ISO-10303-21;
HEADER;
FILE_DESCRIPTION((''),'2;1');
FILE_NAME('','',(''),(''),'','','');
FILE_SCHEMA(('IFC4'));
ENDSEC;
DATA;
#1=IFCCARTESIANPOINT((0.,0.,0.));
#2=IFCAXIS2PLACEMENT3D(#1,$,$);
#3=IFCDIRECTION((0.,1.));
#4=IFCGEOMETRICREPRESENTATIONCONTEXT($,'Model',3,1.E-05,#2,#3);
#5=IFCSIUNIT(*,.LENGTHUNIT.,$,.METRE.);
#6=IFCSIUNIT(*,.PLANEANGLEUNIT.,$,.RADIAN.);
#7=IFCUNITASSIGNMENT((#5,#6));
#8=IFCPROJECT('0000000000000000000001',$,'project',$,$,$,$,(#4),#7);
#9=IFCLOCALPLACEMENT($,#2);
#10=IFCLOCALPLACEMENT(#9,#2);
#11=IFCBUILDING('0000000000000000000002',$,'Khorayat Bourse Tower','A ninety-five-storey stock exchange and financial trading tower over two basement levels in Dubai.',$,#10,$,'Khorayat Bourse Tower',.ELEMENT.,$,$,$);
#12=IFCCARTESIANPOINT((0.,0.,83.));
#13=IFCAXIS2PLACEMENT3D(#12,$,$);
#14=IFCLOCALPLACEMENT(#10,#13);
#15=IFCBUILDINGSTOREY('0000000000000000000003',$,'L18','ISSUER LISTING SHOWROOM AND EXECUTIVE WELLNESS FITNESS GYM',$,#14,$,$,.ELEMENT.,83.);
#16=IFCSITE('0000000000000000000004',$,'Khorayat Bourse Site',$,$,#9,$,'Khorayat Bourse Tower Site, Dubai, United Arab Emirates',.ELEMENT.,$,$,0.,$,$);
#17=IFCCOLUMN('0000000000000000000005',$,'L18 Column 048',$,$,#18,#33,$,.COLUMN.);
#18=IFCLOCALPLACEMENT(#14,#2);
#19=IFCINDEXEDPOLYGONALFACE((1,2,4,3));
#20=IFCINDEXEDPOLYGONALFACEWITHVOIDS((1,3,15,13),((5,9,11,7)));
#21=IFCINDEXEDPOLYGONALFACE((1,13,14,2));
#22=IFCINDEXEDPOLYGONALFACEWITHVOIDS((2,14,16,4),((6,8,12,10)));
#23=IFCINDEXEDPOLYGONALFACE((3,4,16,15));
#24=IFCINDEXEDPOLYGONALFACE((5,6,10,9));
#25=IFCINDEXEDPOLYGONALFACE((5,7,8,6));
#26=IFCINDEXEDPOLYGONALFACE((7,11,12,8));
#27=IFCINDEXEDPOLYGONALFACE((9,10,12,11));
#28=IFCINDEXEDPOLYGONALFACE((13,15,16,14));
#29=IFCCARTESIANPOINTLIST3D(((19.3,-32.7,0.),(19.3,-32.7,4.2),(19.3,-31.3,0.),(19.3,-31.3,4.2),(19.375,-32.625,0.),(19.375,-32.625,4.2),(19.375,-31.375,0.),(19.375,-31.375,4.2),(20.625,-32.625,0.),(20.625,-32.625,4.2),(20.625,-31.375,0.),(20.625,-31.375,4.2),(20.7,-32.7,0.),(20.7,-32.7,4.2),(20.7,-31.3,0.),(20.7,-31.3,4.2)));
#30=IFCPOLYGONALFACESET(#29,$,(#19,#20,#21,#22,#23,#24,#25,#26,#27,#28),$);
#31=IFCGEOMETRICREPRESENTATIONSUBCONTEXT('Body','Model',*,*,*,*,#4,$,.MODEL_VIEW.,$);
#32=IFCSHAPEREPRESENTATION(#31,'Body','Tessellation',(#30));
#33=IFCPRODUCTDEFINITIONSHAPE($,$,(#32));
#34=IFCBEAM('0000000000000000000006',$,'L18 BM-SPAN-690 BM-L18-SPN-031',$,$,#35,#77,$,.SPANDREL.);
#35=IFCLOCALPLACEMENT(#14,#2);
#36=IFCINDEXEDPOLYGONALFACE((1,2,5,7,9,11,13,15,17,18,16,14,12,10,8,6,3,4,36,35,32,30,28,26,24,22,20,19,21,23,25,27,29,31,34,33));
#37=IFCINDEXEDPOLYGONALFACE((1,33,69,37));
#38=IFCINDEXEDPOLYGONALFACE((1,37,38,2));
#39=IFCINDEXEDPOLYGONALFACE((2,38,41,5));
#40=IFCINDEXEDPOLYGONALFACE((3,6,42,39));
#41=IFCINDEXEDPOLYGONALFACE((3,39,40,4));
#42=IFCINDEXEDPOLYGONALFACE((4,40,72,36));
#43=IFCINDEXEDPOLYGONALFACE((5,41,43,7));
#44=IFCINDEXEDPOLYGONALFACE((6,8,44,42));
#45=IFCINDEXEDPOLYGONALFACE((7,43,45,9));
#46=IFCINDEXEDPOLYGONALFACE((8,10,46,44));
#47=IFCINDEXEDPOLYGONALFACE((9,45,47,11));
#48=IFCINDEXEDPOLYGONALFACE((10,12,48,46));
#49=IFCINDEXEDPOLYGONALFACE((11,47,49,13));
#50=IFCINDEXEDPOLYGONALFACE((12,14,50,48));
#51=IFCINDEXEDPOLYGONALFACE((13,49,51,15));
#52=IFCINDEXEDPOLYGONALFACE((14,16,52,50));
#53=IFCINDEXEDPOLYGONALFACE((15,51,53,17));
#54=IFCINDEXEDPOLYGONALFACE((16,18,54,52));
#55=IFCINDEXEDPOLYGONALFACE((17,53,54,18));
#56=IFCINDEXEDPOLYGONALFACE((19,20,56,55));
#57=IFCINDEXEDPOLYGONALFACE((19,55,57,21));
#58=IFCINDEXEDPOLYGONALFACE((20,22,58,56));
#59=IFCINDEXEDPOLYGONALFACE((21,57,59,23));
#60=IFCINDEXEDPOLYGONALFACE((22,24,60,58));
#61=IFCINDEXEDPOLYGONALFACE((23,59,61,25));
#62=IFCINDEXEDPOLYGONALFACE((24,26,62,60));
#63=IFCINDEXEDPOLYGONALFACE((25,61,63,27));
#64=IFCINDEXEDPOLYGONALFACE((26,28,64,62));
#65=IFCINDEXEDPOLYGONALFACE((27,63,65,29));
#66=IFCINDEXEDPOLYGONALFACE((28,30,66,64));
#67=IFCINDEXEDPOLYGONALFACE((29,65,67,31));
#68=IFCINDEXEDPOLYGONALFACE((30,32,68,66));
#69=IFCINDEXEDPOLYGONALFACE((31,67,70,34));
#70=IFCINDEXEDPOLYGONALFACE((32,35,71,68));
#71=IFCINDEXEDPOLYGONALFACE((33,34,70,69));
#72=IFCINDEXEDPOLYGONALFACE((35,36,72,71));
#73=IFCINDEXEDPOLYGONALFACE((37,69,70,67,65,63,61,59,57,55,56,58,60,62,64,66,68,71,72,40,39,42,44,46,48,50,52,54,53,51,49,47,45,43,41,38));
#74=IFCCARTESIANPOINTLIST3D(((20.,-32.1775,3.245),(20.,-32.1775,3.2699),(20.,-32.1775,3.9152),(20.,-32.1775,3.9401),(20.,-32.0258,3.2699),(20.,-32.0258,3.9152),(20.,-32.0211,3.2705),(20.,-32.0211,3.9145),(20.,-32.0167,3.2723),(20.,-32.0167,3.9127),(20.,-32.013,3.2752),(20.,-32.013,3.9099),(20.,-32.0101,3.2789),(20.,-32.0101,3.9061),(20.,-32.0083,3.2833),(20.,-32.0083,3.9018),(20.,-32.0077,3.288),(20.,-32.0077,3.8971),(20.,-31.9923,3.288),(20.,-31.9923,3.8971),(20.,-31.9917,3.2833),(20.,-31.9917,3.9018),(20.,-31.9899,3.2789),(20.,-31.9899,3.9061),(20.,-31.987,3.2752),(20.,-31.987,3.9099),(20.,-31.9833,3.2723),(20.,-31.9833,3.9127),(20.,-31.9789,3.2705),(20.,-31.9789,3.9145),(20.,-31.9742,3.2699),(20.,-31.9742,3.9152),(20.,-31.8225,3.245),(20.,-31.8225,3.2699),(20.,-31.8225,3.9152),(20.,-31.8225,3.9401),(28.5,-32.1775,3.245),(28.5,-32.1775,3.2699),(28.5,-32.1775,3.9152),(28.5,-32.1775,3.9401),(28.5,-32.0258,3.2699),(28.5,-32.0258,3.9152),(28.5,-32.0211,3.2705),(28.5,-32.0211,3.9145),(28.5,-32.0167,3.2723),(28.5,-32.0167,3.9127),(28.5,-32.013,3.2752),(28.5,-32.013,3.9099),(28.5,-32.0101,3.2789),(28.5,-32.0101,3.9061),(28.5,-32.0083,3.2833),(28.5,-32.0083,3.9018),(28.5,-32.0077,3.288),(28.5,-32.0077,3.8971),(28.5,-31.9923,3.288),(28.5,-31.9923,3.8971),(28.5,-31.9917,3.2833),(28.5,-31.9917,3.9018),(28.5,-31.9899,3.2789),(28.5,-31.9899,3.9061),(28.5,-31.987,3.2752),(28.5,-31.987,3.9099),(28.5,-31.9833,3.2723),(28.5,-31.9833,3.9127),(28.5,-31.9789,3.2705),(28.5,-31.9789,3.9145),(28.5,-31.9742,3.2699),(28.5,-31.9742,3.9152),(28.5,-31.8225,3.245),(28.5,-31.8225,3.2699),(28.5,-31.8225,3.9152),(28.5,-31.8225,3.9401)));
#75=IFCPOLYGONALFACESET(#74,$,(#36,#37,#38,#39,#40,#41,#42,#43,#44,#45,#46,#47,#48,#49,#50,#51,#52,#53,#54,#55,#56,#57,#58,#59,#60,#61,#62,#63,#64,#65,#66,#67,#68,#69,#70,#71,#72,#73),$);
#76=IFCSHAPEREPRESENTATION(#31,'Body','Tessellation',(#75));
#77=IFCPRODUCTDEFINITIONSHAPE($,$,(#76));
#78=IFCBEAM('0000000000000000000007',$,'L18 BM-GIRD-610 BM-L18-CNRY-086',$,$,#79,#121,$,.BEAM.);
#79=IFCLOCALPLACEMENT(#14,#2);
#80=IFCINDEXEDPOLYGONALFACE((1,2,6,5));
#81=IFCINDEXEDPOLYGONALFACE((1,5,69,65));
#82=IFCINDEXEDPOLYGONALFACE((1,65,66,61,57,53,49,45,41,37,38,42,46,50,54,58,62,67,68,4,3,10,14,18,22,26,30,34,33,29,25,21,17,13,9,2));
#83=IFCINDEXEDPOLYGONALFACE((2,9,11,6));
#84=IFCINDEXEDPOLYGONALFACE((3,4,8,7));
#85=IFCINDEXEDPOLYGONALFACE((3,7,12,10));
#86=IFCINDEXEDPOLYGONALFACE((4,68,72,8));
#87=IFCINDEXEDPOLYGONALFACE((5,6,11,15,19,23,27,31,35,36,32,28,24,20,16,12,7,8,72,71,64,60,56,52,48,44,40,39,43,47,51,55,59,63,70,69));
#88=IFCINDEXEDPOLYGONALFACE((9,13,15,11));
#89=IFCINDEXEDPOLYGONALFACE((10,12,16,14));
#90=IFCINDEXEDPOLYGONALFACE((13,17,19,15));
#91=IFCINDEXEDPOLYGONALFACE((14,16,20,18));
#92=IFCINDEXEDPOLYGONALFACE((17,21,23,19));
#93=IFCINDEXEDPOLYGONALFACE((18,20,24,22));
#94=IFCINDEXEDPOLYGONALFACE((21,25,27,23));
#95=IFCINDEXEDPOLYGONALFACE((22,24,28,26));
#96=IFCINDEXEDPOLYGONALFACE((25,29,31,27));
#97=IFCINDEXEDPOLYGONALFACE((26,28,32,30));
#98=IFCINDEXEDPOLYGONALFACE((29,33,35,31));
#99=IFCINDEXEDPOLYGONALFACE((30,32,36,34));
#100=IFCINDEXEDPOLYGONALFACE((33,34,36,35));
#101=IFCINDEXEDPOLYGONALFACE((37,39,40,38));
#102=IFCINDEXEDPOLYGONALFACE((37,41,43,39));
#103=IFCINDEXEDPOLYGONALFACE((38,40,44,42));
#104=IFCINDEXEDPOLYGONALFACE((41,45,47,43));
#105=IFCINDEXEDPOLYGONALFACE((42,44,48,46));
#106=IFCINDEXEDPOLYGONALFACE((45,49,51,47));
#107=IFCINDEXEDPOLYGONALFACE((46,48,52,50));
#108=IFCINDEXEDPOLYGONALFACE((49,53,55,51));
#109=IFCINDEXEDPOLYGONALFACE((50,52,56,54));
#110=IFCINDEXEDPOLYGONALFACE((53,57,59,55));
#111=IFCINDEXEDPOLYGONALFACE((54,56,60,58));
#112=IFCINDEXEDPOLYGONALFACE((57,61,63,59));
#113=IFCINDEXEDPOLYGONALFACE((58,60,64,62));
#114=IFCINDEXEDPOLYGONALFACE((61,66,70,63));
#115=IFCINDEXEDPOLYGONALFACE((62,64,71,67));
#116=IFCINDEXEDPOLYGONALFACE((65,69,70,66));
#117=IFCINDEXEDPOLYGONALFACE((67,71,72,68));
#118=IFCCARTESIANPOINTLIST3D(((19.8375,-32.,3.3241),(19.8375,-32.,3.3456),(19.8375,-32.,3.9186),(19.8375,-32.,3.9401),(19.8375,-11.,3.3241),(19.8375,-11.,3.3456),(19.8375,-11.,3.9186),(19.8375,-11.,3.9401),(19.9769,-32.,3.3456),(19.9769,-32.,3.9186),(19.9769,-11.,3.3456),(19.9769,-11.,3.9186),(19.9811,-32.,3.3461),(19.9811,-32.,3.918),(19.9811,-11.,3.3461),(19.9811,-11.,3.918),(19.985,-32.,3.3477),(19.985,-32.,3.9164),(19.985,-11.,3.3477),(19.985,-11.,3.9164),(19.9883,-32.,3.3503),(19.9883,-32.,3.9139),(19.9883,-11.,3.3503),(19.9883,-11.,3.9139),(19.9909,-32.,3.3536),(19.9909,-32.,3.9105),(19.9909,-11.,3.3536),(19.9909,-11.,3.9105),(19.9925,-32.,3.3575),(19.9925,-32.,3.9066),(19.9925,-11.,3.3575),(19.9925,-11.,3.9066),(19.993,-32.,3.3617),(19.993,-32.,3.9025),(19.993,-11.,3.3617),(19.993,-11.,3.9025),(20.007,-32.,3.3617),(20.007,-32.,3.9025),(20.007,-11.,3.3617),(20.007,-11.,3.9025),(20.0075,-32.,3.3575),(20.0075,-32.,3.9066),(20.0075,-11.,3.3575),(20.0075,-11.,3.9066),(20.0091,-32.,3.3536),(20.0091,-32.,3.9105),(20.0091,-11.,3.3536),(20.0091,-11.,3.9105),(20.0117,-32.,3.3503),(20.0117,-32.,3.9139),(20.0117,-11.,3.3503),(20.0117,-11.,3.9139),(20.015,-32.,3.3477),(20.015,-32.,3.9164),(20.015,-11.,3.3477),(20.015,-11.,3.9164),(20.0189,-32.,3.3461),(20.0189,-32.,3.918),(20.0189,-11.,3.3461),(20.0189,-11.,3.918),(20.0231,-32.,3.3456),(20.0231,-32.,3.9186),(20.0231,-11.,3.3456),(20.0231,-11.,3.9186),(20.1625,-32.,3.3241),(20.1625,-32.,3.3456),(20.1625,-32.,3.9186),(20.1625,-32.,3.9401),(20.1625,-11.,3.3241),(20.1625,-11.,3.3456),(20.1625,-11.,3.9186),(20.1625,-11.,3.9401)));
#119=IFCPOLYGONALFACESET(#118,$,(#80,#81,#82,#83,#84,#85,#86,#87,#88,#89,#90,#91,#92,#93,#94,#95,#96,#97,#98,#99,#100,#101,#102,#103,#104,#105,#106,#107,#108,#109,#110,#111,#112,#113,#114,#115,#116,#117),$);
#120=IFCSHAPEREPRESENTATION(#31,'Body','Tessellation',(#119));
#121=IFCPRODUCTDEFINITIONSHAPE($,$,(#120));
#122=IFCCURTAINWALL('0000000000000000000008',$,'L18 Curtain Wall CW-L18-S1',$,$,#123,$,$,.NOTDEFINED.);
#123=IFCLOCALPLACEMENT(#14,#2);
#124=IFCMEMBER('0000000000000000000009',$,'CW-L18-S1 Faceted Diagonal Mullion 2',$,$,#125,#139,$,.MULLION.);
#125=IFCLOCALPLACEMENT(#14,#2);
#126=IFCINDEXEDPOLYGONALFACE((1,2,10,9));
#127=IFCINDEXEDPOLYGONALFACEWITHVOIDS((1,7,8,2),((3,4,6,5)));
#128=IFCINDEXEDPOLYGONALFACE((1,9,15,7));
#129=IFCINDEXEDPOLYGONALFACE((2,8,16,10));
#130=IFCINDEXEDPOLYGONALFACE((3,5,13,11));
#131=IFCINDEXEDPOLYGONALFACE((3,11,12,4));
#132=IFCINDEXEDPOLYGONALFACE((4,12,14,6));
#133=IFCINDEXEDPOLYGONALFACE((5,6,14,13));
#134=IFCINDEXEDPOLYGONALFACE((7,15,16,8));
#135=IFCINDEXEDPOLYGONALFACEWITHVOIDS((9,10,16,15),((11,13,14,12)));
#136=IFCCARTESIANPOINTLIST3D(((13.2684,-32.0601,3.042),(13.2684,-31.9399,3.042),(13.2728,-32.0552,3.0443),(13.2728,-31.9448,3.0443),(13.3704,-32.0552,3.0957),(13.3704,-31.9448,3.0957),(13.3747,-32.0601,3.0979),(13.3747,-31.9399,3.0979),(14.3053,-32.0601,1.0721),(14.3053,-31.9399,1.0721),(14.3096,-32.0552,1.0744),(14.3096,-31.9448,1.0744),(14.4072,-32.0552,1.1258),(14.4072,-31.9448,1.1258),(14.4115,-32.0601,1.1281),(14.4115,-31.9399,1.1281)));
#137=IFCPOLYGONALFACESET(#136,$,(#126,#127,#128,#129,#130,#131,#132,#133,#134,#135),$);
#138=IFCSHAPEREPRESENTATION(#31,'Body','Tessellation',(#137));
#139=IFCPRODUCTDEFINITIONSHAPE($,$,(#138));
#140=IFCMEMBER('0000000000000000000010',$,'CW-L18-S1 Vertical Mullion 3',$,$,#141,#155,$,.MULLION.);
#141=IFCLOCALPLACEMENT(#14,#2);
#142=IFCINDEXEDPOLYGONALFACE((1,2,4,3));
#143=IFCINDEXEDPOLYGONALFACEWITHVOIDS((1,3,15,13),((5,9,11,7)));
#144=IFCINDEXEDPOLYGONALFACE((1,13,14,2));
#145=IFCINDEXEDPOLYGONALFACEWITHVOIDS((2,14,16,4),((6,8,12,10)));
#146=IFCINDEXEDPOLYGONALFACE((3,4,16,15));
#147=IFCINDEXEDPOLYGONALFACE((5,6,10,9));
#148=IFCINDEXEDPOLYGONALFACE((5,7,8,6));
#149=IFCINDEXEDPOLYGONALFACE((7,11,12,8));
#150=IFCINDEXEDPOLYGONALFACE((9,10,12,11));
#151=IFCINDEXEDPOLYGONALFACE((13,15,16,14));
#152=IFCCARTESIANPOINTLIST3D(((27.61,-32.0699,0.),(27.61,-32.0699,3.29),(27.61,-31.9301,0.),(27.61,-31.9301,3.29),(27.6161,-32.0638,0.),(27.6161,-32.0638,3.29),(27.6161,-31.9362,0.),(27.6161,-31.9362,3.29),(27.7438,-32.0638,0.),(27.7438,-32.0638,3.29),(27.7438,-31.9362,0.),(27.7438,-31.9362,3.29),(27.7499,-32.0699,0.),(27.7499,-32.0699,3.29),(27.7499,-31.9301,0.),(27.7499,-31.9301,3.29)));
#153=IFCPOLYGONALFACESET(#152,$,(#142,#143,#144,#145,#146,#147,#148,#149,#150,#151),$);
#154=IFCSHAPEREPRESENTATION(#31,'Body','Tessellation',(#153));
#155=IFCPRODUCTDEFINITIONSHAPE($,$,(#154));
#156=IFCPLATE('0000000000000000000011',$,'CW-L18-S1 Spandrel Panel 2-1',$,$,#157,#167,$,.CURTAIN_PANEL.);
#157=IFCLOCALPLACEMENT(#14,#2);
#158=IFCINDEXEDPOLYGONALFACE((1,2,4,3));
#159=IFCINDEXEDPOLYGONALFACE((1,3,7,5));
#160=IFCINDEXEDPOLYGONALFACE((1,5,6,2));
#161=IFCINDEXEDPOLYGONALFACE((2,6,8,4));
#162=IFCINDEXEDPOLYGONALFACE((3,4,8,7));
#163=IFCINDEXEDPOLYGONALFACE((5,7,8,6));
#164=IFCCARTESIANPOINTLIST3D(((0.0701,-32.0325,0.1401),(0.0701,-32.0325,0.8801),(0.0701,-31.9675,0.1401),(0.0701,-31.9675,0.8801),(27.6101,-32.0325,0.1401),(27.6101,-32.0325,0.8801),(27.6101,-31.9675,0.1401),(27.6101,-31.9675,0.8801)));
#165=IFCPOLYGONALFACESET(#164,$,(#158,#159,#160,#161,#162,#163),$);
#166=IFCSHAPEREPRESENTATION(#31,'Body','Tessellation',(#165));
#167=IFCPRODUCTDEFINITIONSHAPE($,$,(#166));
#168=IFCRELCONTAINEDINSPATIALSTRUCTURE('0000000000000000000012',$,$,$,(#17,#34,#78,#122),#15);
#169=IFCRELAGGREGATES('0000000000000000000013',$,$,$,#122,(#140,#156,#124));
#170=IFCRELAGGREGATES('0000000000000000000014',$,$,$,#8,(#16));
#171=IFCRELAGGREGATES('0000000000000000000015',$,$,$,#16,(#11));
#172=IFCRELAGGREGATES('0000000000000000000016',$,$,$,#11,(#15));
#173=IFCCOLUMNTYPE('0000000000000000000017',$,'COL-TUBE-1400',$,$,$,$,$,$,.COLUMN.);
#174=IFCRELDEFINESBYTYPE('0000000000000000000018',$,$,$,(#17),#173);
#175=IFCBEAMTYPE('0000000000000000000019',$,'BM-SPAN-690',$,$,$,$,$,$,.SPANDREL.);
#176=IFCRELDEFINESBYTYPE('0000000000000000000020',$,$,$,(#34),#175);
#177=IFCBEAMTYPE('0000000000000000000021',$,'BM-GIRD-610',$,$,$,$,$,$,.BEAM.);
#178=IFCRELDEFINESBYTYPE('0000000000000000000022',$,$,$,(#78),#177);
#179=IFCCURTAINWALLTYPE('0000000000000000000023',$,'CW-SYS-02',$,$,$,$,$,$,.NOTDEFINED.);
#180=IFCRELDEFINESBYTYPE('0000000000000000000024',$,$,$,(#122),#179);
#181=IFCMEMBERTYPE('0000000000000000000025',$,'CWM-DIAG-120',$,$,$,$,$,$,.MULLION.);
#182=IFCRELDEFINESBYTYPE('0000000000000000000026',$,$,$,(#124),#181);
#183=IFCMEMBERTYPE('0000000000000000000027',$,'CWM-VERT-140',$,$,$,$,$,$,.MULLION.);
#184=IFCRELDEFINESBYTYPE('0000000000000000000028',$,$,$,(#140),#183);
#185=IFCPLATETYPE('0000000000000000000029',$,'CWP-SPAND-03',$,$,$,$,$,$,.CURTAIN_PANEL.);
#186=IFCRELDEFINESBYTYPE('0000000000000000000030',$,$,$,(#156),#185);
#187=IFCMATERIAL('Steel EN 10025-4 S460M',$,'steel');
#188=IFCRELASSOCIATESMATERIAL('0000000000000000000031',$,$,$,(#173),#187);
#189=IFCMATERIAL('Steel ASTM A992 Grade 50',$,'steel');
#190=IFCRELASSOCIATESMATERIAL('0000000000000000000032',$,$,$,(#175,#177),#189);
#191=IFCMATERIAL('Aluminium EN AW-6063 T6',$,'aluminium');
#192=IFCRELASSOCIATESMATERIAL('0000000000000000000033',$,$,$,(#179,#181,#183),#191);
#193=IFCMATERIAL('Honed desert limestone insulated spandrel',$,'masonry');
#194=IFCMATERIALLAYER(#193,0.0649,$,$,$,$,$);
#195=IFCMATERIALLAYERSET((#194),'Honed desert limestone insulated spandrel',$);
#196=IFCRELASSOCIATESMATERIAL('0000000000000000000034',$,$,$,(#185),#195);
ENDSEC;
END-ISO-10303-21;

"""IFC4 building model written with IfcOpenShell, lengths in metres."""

from ifc_helpers import new_model, si_unit, direction, frame, origin, origin_2d, place, context, subcontext, project, spatial, rectangle, hollow_rectangle, i_section, extrude, source, transform, mapped, material, layer, layer_set, material_profile, profile_set, type_object, element, aggregate, save


model = new_model("IFC4")

# Units and contexts
model_context = context("Model", 3, precision=1e-05, world=origin(), true_north=direction((0.0, 1.0)))
body_context = subcontext(model_context, "Body", "Model", "MODEL_VIEW")
ifc_project = project(units=[si_unit("LENGTHUNIT", "METRE"), si_unit("PLANEANGLEUNIT", "RADIAN")], contexts=[model_context])

# Site, building, storey
site_placement = place(None, origin())
site = spatial("IfcSite", under=ifc_project, at=site_placement, Name="Khorayat Bourse Site", LongName="Khorayat Bourse Tower Site, Dubai, United Arab Emirates", CompositionType="ELEMENT", RefElevation=0.0)
building_placement = place(site_placement, origin())
building = spatial("IfcBuilding", under=site, at=building_placement, Name="Khorayat Bourse Tower", Description="A ninety-five-storey stock exchange and financial trading tower over two basement levels in Dubai.", LongName="Khorayat Bourse Tower", CompositionType="ELEMENT")
storey_placement = place(building_placement, frame((0.0, 0.0, 83.0)))
storey = spatial("IfcBuildingStorey", under=building, at=storey_placement, Name="L18", Description="ISSUER LISTING SHOWROOM AND EXECUTIVE WELLNESS FITNESS GYM", CompositionType="ELEMENT", Elevation=83.0)

# Column
ifc_material_1 = material(Name="Steel EN 10025-4 S460M", Category="steel")
ifc_material_profile_1 = material_profile(ifc_material_1, hollow_rectangle(XDim=1.3999, YDim=1.3999, WallThickness=0.075, at=origin_2d()), Name="BOX 1400x1400x75")
ifc_profile_set_1 = profile_set([ifc_material_profile_1], Name="Steel EN 10025-4 S460M")
column_type = type_object("IfcColumnType", Name="COL-TUBE-1400", PredefinedType="COLUMN", material=ifc_profile_set_1)
shared_shape_1 = source(origin(), body_context, "Body", "SweptSolid", [
    extrude(hollow_rectangle(XDim=1.3999, YDim=1.3999, WallThickness=0.075, at=origin_2d()), origin(), (0.0, 0.0, 1.0), 4.2),
])
column_placement = place(storey_placement, frame((20.0, -32.0, 0.0), z_axis=(0.0, 0.0, 1.0), x_axis=(1.0, 0.0, 0.0)))
element("IfcColumn", 1, at=column_placement, inside=storey, type_object=column_type, Name="L18 Column 048", PredefinedType="COLUMN", context=body_context, shape_type="MappedRepresentation", body=[
    mapped(shared_shape_1, transform((0.0, 0.0, 0.0), scale=1.0)),
])

# Beams
ifc_material_2 = material(Name="Steel ASTM A992 Grade 50", Category="steel")
ifc_material_profile_2 = material_profile(ifc_material_2, i_section(OverallWidth=0.355, OverallDepth=0.6951, WebThickness=0.0154, FlangeThickness=0.0249, FilletRadius=0.0181, at=origin_2d()), Name="W690X217")
ifc_profile_set_2 = profile_set([ifc_material_profile_2], Name="Steel ASTM A992 Grade 50")
beam_type_1 = type_object("IfcBeamType", Name="BM-SPAN-690", PredefinedType="SPANDREL", material=ifc_profile_set_2)
shared_shape_2 = source(origin(), body_context, "Body", "SweptSolid", [
    extrude(i_section(OverallWidth=0.355, OverallDepth=0.6951, WebThickness=0.0154, FlangeThickness=0.0249, FilletRadius=0.0181, at=origin_2d()), origin(), (0.0, 0.0, 1.0), 8.5),
])
beam_1_placement = place(storey_placement, frame((20.0, -32.0, 3.5925), z_axis=(1.0, 0.0, 0.0), x_axis=(0.0, 1.0, 0.0)))
element("IfcBeam", 2, at=beam_1_placement, inside=storey, type_object=beam_type_1, Name="L18 BM-SPAN-690 BM-L18-SPN-031", PredefinedType="SPANDREL", context=body_context, shape_type="MappedRepresentation", body=[
    mapped(shared_shape_2, transform((0.0, 0.0, 0.0), scale=1.0)),
])
ifc_material_profile_3 = material_profile(ifc_material_2, i_section(OverallWidth=0.325, OverallDepth=0.616, WebThickness=0.0139, FlangeThickness=0.0215, FilletRadius=0.0161, at=origin_2d()), Name="W610X174")
ifc_profile_set_3 = profile_set([ifc_material_profile_3], Name="Steel ASTM A992 Grade 50")
beam_type_2 = type_object("IfcBeamType", Name="BM-GIRD-610", PredefinedType="BEAM", material=ifc_profile_set_3)
shared_shape_3 = source(origin(), body_context, "Body", "SweptSolid", [
    extrude(i_section(OverallWidth=0.325, OverallDepth=0.616, WebThickness=0.0139, FlangeThickness=0.0215, FilletRadius=0.0161, at=origin_2d()), origin(), (0.0, 0.0, 1.0), 21.0),
])
beam_2_placement = place(storey_placement, frame((20.0, -32.0, 3.6321), z_axis=(0.0, 1.0, 0.0), x_axis=(-1.0, 0.0, 0.0)))
element("IfcBeam", 3, at=beam_2_placement, inside=storey, type_object=beam_type_2, Name="L18 BM-GIRD-610 BM-L18-CNRY-086", PredefinedType="BEAM", context=body_context, shape_type="MappedRepresentation", body=[
    mapped(shared_shape_3, transform((0.0, 0.0, 0.0), scale=1.0)),
])

# Curtain wall, members, plate
ifc_material_3 = material(Name="Aluminium EN AW-6063 T6", Category="aluminium")
curtain_wall_type = type_object("IfcCurtainWallType", Name="CW-SYS-02", PredefinedType="NOTDEFINED", material=ifc_material_3)
curtain_wall_placement = place(storey_placement, origin())
curtain_wall = element("IfcCurtainWall", 4, at=curtain_wall_placement, inside=storey, type_object=curtain_wall_type, Name="L18 Curtain Wall CW-L18-S1", PredefinedType="NOTDEFINED")
ifc_material_profile_4 = material_profile(ifc_material_3, hollow_rectangle(XDim=0.1201, YDim=0.1201, WallThickness=0.0049, at=origin_2d()), Name="ALU 120x120x5")
ifc_profile_set_4 = profile_set([ifc_material_profile_4], Name="Aluminium EN AW-6063 T6")
member_type_1 = type_object("IfcMemberType", Name="CWM-DIAG-120", PredefinedType="MULLION", material=ifc_profile_set_4)
shared_shape_4 = source(origin(), body_context, "Body", "SweptSolid", [
    extrude(hollow_rectangle(XDim=0.1201, YDim=0.1201, WallThickness=0.0049, at=origin_2d()), origin(), (0.0, 0.0, 1.0), 2.2261),
])
member_1_placement = place(storey_placement, frame((14.3584, -32.0, 1.1001), z_axis=(-0.46576, 0.0, 0.884911), x_axis=(0.0, -1.0, 0.0)))
member_1 = element("IfcMember", 5, at=member_1_placement, type_object=member_type_1, Name="CW-L18-S1 Faceted Diagonal Mullion 2", PredefinedType="MULLION", context=body_context, shape_type="MappedRepresentation", body=[
    mapped(shared_shape_4, transform((0.0, 0.0, 0.0), scale=1.0)),
])
ifc_material_profile_5 = material_profile(ifc_material_3, hollow_rectangle(XDim=0.1399, YDim=0.1399, WallThickness=0.0061, at=origin_2d()), Name="ALU 140x140x6")
ifc_profile_set_5 = profile_set([ifc_material_profile_5], Name="Aluminium EN AW-6063 T6")
member_type_2 = type_object("IfcMemberType", Name="CWM-VERT-140", PredefinedType="MULLION", material=ifc_profile_set_5)
shared_shape_5 = source(origin(), body_context, "Body", "SweptSolid", [
    extrude(hollow_rectangle(XDim=0.1399, YDim=0.1399, WallThickness=0.0061, at=origin_2d()), origin(), (0.0, 0.0, 1.0), 3.29),
])
member_2_placement = place(storey_placement, frame((27.6799, -32.0, 0.0), z_axis=(0.0, 0.0, 1.0), x_axis=(0.0, 1.0, 0.0)))
member_2 = element("IfcMember", 6, at=member_2_placement, type_object=member_type_2, Name="CW-L18-S1 Vertical Mullion 3", PredefinedType="MULLION", context=body_context, shape_type="MappedRepresentation", body=[
    mapped(shared_shape_5, transform((0.0, 0.0, 0.0), scale=1.0)),
])
ifc_material_4 = material(Name="Honed desert limestone insulated spandrel", Category="masonry")
ifc_layer_1 = layer(ifc_material_4, 0.0649)
ifc_layer_set_1 = layer_set([ifc_layer_1], Name="Honed desert limestone insulated spandrel")
plate_type_1 = type_object("IfcPlateType", Name="CWP-SPAND-03", PredefinedType="CURTAIN_PANEL", material=ifc_layer_set_1)
shared_shape_6 = source(origin(), body_context, "Body", "SweptSolid", [
    extrude(rectangle(XDim=27.54, YDim=0.0649, at=origin_2d()), origin(), (0.0, 0.0, 1.0), 0.74),
])
plate_1_placement = place(storey_placement, frame((13.8401, -32.0, 0.1401), z_axis=(0.0, 0.0, 1.0), x_axis=(1.0, 0.0, 0.0)))
plate_1 = element("IfcPlate", 7, at=plate_1_placement, type_object=plate_type_1, Name="CW-L18-S1 Spandrel Panel 2-1", PredefinedType="CURTAIN_PANEL", context=body_context, shape_type="MappedRepresentation", body=[
    mapped(shared_shape_6, transform((0.0, 0.0, 0.0), scale=1.0)),
])
aggregate(curtain_wall, [member_2, plate_1, member_1])

save(model, "model.ifc")
